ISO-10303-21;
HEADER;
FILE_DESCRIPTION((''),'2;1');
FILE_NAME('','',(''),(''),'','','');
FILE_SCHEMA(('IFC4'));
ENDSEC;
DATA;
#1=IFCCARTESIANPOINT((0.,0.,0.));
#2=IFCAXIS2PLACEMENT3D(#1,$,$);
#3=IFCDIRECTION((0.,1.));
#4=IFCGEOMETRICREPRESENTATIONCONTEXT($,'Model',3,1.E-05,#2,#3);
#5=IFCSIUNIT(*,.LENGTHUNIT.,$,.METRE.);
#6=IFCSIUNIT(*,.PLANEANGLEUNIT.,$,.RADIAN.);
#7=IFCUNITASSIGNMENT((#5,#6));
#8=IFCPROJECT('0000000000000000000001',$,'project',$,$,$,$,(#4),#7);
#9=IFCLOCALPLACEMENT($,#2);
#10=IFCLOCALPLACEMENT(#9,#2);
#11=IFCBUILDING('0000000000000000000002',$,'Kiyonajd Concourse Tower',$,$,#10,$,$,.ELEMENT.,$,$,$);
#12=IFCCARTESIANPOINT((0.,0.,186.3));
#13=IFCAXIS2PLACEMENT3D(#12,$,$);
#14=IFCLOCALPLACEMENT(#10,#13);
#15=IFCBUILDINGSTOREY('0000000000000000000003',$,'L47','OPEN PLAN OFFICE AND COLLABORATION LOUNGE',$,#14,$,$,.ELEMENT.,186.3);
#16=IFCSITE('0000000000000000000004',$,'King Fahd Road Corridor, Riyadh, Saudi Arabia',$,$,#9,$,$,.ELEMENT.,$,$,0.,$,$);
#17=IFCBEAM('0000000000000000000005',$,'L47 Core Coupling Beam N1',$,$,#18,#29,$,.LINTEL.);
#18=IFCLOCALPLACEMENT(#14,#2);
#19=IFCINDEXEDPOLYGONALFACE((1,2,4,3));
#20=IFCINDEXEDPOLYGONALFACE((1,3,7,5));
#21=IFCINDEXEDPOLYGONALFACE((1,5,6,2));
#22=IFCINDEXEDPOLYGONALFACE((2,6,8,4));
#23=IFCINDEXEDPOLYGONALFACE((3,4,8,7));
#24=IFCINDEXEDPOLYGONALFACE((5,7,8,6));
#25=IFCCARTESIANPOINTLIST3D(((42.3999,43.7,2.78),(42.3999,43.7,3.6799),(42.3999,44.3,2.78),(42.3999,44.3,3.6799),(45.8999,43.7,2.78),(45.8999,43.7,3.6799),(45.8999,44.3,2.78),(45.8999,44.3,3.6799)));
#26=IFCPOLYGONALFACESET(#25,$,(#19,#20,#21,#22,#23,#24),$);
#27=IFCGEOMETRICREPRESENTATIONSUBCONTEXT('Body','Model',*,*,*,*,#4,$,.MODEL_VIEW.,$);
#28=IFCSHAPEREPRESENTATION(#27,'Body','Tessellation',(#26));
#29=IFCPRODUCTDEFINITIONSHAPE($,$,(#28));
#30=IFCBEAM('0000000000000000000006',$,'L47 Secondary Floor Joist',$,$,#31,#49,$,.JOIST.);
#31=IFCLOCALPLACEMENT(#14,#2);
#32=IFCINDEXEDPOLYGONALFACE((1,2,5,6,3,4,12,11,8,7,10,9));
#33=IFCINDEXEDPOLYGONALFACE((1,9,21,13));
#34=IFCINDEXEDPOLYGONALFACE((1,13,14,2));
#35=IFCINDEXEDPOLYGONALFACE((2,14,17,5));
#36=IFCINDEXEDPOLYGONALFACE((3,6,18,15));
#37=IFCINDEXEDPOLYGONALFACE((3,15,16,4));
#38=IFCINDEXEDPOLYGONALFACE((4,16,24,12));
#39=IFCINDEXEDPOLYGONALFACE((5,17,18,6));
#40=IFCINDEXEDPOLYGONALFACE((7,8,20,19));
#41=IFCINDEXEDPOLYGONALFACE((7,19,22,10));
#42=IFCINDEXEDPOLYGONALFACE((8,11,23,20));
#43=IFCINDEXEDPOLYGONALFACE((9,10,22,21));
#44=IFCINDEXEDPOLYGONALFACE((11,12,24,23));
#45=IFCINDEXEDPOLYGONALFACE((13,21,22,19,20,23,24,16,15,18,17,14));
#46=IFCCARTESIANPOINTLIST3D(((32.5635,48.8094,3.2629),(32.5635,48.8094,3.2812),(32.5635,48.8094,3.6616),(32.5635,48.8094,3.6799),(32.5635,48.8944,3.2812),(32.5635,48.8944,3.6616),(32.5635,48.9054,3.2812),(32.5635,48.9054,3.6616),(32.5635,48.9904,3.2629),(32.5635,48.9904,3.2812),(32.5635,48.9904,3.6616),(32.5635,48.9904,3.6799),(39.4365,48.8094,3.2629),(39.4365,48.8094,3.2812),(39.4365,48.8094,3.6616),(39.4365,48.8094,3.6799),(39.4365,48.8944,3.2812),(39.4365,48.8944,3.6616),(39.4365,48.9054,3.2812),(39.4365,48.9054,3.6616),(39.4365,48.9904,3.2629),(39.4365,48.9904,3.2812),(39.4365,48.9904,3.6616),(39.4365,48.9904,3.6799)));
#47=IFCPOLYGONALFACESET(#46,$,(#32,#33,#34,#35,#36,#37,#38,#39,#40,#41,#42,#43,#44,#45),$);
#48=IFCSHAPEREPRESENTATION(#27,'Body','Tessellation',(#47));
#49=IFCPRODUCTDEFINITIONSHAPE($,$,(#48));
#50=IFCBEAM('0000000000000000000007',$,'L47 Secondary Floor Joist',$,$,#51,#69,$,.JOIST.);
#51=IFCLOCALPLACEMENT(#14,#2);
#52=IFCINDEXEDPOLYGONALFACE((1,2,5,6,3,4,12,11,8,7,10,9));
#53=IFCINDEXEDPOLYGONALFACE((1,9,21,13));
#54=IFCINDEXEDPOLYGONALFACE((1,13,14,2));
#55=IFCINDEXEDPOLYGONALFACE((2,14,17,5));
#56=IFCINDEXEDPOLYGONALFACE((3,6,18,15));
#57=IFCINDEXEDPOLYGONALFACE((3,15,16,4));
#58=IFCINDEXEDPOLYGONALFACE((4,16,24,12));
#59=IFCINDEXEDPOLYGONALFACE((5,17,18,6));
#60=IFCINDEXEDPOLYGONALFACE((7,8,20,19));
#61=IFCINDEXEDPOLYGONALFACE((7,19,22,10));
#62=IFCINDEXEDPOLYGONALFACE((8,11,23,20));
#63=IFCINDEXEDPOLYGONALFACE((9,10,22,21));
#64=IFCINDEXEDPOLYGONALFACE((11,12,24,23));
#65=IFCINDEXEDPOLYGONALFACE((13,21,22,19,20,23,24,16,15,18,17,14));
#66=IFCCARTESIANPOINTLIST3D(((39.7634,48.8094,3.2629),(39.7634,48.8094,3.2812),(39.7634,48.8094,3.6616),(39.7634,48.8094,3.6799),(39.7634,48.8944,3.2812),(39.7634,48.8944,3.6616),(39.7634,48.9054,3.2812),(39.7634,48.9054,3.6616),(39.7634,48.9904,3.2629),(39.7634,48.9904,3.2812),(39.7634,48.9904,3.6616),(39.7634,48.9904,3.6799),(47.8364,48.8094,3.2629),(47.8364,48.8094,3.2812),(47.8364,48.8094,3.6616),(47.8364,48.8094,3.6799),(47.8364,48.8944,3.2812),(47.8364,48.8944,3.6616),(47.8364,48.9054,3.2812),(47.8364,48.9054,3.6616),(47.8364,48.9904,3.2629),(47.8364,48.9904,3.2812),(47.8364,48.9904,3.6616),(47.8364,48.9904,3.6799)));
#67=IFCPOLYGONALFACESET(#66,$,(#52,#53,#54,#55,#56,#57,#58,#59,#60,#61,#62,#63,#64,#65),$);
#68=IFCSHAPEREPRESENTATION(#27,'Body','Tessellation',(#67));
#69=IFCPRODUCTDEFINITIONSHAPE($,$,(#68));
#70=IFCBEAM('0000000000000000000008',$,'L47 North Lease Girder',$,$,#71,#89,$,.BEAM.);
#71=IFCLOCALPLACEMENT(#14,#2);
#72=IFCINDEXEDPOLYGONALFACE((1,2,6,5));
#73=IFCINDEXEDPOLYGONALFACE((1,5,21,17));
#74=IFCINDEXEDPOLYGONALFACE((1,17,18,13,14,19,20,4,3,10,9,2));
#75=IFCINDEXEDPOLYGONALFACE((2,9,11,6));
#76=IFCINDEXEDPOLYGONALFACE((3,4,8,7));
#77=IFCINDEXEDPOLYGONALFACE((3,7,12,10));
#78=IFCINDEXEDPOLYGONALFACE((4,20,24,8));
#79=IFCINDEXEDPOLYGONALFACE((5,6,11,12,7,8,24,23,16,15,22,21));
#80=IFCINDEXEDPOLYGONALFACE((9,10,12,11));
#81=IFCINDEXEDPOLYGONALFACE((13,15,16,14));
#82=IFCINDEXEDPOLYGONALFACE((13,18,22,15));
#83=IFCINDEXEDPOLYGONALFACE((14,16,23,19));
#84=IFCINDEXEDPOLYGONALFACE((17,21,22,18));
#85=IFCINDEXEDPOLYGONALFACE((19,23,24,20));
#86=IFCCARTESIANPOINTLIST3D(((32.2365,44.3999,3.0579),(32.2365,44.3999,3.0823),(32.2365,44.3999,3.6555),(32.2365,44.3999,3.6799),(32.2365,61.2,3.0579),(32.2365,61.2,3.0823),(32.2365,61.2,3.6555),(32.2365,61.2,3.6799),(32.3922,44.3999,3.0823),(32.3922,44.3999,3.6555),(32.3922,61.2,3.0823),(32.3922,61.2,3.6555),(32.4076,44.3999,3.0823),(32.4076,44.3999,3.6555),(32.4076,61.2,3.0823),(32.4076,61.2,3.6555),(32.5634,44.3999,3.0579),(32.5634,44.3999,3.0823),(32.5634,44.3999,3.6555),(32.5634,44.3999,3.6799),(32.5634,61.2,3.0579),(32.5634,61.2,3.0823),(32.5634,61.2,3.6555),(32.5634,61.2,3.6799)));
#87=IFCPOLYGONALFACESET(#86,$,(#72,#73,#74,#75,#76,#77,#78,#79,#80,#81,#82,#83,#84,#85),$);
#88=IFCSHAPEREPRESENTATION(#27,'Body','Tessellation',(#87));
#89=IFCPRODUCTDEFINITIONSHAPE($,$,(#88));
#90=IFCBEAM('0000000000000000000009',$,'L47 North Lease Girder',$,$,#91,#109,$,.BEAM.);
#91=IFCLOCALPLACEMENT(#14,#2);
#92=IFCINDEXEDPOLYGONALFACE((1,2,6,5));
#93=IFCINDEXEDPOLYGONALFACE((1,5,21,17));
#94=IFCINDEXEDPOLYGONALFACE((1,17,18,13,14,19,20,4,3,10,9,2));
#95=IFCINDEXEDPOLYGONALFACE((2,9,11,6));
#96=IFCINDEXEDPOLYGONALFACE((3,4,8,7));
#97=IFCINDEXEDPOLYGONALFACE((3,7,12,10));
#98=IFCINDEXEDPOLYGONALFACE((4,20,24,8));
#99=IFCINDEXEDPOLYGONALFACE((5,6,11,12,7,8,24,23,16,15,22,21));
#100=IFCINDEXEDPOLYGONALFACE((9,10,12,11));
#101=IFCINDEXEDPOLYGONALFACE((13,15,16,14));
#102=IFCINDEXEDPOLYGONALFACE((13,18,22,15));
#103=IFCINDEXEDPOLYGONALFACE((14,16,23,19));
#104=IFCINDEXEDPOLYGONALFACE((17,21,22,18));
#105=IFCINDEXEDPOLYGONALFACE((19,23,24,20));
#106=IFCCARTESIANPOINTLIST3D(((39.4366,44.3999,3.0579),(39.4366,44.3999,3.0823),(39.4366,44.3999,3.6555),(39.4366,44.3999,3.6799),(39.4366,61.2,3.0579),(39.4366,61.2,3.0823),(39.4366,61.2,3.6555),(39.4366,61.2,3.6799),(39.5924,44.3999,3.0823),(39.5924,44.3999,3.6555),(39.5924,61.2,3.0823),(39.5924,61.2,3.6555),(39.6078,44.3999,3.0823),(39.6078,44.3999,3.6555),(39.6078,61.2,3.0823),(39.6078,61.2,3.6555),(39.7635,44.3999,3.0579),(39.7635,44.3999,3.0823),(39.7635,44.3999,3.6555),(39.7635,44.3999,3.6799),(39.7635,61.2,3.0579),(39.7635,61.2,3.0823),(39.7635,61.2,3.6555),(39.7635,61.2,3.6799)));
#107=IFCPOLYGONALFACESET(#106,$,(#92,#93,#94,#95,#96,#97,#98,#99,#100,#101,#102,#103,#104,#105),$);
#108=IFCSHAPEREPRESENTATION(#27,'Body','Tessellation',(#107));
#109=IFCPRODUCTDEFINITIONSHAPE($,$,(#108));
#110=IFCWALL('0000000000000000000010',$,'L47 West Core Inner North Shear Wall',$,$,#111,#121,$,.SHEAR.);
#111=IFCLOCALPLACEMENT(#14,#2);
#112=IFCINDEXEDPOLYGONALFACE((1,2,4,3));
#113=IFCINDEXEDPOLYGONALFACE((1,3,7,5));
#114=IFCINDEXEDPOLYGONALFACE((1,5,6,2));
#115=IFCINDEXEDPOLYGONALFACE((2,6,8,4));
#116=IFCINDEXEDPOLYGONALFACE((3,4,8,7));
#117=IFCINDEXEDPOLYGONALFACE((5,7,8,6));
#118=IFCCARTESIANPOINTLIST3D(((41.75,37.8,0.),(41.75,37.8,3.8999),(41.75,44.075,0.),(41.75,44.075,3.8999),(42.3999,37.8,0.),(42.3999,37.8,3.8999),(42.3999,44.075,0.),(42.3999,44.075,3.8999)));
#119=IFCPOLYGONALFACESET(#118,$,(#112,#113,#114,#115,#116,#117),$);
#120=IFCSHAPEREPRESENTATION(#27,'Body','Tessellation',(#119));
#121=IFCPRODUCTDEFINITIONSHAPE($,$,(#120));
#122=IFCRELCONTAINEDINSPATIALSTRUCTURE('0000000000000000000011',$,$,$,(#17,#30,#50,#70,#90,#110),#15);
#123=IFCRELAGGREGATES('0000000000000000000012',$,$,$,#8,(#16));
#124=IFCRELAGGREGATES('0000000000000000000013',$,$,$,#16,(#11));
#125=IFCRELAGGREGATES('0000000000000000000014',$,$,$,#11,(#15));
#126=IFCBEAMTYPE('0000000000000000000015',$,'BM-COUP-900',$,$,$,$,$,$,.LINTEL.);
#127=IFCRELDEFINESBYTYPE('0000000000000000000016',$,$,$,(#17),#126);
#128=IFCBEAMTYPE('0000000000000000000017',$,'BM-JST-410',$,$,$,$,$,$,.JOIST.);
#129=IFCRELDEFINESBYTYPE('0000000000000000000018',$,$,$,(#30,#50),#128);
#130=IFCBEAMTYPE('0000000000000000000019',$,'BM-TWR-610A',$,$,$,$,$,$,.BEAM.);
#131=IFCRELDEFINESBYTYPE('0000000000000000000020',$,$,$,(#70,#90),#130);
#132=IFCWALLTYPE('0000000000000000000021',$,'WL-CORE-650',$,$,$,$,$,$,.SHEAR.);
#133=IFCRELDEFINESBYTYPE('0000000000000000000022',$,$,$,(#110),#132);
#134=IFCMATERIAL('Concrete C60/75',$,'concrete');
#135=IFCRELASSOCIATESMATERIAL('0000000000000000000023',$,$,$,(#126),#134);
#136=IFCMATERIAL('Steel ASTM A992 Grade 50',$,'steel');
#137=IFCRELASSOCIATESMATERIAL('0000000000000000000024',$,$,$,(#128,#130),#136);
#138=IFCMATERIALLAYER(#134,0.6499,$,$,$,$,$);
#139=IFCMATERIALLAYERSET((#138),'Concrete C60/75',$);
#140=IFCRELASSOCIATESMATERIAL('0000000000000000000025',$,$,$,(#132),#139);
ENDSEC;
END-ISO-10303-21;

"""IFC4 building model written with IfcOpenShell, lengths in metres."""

from ifc_helpers import new_model, si_unit, direction, frame, frame_2d, origin, origin_2d, place, context, subcontext, project, spatial, rectangle, i_section, extrude, material, layer, layer_set, material_profile, profile_set, type_object, element, save


model = new_model("IFC4")

# Units and contexts
model_context = context("Model", 3, precision=1e-05, world=origin(), true_north=direction((0.0, 1.0)))
body_context = subcontext(model_context, "Body", "Model", "MODEL_VIEW")
ifc_project = project(units=[si_unit("LENGTHUNIT", "METRE"), si_unit("PLANEANGLEUNIT", "RADIAN")], contexts=[model_context])

# Site, building, storey
site_placement = place(None, origin())
site = spatial("IfcSite", under=ifc_project, at=site_placement, Name="King Fahd Road Corridor, Riyadh, Saudi Arabia", CompositionType="ELEMENT", RefElevation=0.0)
building_placement = place(site_placement, origin())
building = spatial("IfcBuilding", under=site, at=building_placement, Name="Kiyonajd Concourse Tower", CompositionType="ELEMENT")
storey_placement = place(building_placement, frame((0.0, 0.0, 186.3)))
storey = spatial("IfcBuildingStorey", under=building, at=storey_placement, Name="L47", Description="OPEN PLAN OFFICE AND COLLABORATION LOUNGE", CompositionType="ELEMENT", Elevation=186.3)

# Beams
ifc_material_1 = material(Name="Concrete C60/75", Category="concrete")
ifc_material_profile_1 = material_profile(ifc_material_1, rectangle(XDim=0.6001, YDim=0.8999, at=origin_2d()), Name="RCBM-600x900")
ifc_profile_set_1 = profile_set([ifc_material_profile_1], Name="Concrete C60/75")
beam_type_1 = type_object("IfcBeamType", Name="BM-COUP-900", PredefinedType="LINTEL", material=ifc_profile_set_1)
beam_1_placement = place(storey_placement, frame((42.3999, 44.0, 3.23), z_axis=(1.0, 0.0, 0.0), x_axis=(0.0, 1.0, 0.0)))
element("IfcBeam", 1, at=beam_1_placement, inside=storey, type_object=beam_type_1, Name="L47 Core Coupling Beam N1", PredefinedType="LINTEL", context=body_context, shape_type="SweptSolid", body=[
    extrude(rectangle(XDim=0.6001, YDim=0.8999, at=origin_2d()), origin(), (0.0, 0.0, 1.0), 3.5),
])
ifc_material_2 = material(Name="Steel ASTM A992 Grade 50", Category="steel")
ifc_material_profile_2 = material_profile(ifc_material_2, i_section(OverallWidth=0.1809, OverallDepth=0.417, WebThickness=0.011, FlangeThickness=0.0183, at=origin_2d()), Name="W410X85")
ifc_profile_set_2 = profile_set([ifc_material_profile_2], Name="Steel ASTM A992 Grade 50")
beam_type_2 = type_object("IfcBeamType", Name="BM-JST-410", PredefinedType="JOIST", material=ifc_profile_set_2)
beam_2_placement = place(storey_placement, frame((32.5635, 48.8999, 3.4714), z_axis=(1.0, 0.0, 0.0), x_axis=(0.0, 1.0, 0.0)))
element("IfcBeam", 2, at=beam_2_placement, inside=storey, type_object=beam_type_2, Name="L47 Secondary Floor Joist", PredefinedType="JOIST", context=body_context, shape_type="SweptSolid", body=[
    extrude(i_section(OverallWidth=0.1809, OverallDepth=0.417, WebThickness=0.011, FlangeThickness=0.0183, at=origin_2d()), origin(), (0.0, 0.0, 1.0), 6.873),
])
beam_3_placement = place(storey_placement, frame((39.7634, 48.8999, 3.4714), z_axis=(1.0, 0.0, 0.0), x_axis=(0.0, 1.0, 0.0)))
element("IfcBeam", 3, at=beam_3_placement, inside=storey, type_object=beam_type_2, Name="L47 Secondary Floor Joist", PredefinedType="JOIST", context=body_context, shape_type="SweptSolid", body=[
    extrude(i_section(OverallWidth=0.1809, OverallDepth=0.417, WebThickness=0.011, FlangeThickness=0.0183, at=origin_2d()), origin(), (0.0, 0.0, 1.0), 8.073),
])
ifc_material_profile_3 = material_profile(ifc_material_2, i_section(OverallWidth=0.3269, OverallDepth=0.6221, WebThickness=0.0154, FlangeThickness=0.0244, at=origin_2d()), Name="W610X195")
ifc_profile_set_3 = profile_set([ifc_material_profile_3], Name="Steel ASTM A992 Grade 50")
beam_type_3 = type_object("IfcBeamType", Name="BM-TWR-610A", PredefinedType="BEAM", material=ifc_profile_set_3)
for number, where, z_axis, x_axis, name in (
    (4, (32.3999, 44.3999, 3.3689), (0.0, 1.0, 0.0), (-1.0, 0.0, 0.0), "L47 North Lease Girder"),
    (5, (39.6001, 44.3999, 3.3689), (0.0, 1.0, 0.0), (-1.0, 0.0, 0.0), "L47 North Lease Girder"),
):
    element("IfcBeam", number, at=place(storey_placement, frame(where, z_axis=z_axis, x_axis=x_axis)), inside=storey, type_object=beam_type_3, Name=name, PredefinedType="BEAM", context=body_context, shape_type="SweptSolid", body=[
        extrude(i_section(OverallWidth=0.3269, OverallDepth=0.6221, WebThickness=0.0154, FlangeThickness=0.0244, at=origin_2d()), origin(), (0.0, 0.0, 1.0), 16.8),
    ])

# Wall
ifc_layer_1 = layer(ifc_material_1, 0.6499)
ifc_layer_set_1 = layer_set([ifc_layer_1], Name="Concrete C60/75")
wall_type_1 = type_object("IfcWallType", Name="WL-CORE-650", PredefinedType="SHEAR", material=ifc_layer_set_1)
wall_1_placement = place(storey_placement, frame((42.075, 37.8, 0.0), z_axis=(0.0, 0.0, 1.0), x_axis=(0.0, 1.0, 0.0)))
element("IfcWall", 6, at=wall_1_placement, inside=storey, type_object=wall_type_1, Name="L47 West Core Inner North Shear Wall", PredefinedType="SHEAR", context=body_context, shape_type="SweptSolid", body=[
    extrude(rectangle(XDim=6.2749, YDim=0.6499, at=frame_2d((3.1375, 0.0))), origin(), (0.0, 0.0, 1.0), 3.8999),
])

save(model, "model.ifc")
